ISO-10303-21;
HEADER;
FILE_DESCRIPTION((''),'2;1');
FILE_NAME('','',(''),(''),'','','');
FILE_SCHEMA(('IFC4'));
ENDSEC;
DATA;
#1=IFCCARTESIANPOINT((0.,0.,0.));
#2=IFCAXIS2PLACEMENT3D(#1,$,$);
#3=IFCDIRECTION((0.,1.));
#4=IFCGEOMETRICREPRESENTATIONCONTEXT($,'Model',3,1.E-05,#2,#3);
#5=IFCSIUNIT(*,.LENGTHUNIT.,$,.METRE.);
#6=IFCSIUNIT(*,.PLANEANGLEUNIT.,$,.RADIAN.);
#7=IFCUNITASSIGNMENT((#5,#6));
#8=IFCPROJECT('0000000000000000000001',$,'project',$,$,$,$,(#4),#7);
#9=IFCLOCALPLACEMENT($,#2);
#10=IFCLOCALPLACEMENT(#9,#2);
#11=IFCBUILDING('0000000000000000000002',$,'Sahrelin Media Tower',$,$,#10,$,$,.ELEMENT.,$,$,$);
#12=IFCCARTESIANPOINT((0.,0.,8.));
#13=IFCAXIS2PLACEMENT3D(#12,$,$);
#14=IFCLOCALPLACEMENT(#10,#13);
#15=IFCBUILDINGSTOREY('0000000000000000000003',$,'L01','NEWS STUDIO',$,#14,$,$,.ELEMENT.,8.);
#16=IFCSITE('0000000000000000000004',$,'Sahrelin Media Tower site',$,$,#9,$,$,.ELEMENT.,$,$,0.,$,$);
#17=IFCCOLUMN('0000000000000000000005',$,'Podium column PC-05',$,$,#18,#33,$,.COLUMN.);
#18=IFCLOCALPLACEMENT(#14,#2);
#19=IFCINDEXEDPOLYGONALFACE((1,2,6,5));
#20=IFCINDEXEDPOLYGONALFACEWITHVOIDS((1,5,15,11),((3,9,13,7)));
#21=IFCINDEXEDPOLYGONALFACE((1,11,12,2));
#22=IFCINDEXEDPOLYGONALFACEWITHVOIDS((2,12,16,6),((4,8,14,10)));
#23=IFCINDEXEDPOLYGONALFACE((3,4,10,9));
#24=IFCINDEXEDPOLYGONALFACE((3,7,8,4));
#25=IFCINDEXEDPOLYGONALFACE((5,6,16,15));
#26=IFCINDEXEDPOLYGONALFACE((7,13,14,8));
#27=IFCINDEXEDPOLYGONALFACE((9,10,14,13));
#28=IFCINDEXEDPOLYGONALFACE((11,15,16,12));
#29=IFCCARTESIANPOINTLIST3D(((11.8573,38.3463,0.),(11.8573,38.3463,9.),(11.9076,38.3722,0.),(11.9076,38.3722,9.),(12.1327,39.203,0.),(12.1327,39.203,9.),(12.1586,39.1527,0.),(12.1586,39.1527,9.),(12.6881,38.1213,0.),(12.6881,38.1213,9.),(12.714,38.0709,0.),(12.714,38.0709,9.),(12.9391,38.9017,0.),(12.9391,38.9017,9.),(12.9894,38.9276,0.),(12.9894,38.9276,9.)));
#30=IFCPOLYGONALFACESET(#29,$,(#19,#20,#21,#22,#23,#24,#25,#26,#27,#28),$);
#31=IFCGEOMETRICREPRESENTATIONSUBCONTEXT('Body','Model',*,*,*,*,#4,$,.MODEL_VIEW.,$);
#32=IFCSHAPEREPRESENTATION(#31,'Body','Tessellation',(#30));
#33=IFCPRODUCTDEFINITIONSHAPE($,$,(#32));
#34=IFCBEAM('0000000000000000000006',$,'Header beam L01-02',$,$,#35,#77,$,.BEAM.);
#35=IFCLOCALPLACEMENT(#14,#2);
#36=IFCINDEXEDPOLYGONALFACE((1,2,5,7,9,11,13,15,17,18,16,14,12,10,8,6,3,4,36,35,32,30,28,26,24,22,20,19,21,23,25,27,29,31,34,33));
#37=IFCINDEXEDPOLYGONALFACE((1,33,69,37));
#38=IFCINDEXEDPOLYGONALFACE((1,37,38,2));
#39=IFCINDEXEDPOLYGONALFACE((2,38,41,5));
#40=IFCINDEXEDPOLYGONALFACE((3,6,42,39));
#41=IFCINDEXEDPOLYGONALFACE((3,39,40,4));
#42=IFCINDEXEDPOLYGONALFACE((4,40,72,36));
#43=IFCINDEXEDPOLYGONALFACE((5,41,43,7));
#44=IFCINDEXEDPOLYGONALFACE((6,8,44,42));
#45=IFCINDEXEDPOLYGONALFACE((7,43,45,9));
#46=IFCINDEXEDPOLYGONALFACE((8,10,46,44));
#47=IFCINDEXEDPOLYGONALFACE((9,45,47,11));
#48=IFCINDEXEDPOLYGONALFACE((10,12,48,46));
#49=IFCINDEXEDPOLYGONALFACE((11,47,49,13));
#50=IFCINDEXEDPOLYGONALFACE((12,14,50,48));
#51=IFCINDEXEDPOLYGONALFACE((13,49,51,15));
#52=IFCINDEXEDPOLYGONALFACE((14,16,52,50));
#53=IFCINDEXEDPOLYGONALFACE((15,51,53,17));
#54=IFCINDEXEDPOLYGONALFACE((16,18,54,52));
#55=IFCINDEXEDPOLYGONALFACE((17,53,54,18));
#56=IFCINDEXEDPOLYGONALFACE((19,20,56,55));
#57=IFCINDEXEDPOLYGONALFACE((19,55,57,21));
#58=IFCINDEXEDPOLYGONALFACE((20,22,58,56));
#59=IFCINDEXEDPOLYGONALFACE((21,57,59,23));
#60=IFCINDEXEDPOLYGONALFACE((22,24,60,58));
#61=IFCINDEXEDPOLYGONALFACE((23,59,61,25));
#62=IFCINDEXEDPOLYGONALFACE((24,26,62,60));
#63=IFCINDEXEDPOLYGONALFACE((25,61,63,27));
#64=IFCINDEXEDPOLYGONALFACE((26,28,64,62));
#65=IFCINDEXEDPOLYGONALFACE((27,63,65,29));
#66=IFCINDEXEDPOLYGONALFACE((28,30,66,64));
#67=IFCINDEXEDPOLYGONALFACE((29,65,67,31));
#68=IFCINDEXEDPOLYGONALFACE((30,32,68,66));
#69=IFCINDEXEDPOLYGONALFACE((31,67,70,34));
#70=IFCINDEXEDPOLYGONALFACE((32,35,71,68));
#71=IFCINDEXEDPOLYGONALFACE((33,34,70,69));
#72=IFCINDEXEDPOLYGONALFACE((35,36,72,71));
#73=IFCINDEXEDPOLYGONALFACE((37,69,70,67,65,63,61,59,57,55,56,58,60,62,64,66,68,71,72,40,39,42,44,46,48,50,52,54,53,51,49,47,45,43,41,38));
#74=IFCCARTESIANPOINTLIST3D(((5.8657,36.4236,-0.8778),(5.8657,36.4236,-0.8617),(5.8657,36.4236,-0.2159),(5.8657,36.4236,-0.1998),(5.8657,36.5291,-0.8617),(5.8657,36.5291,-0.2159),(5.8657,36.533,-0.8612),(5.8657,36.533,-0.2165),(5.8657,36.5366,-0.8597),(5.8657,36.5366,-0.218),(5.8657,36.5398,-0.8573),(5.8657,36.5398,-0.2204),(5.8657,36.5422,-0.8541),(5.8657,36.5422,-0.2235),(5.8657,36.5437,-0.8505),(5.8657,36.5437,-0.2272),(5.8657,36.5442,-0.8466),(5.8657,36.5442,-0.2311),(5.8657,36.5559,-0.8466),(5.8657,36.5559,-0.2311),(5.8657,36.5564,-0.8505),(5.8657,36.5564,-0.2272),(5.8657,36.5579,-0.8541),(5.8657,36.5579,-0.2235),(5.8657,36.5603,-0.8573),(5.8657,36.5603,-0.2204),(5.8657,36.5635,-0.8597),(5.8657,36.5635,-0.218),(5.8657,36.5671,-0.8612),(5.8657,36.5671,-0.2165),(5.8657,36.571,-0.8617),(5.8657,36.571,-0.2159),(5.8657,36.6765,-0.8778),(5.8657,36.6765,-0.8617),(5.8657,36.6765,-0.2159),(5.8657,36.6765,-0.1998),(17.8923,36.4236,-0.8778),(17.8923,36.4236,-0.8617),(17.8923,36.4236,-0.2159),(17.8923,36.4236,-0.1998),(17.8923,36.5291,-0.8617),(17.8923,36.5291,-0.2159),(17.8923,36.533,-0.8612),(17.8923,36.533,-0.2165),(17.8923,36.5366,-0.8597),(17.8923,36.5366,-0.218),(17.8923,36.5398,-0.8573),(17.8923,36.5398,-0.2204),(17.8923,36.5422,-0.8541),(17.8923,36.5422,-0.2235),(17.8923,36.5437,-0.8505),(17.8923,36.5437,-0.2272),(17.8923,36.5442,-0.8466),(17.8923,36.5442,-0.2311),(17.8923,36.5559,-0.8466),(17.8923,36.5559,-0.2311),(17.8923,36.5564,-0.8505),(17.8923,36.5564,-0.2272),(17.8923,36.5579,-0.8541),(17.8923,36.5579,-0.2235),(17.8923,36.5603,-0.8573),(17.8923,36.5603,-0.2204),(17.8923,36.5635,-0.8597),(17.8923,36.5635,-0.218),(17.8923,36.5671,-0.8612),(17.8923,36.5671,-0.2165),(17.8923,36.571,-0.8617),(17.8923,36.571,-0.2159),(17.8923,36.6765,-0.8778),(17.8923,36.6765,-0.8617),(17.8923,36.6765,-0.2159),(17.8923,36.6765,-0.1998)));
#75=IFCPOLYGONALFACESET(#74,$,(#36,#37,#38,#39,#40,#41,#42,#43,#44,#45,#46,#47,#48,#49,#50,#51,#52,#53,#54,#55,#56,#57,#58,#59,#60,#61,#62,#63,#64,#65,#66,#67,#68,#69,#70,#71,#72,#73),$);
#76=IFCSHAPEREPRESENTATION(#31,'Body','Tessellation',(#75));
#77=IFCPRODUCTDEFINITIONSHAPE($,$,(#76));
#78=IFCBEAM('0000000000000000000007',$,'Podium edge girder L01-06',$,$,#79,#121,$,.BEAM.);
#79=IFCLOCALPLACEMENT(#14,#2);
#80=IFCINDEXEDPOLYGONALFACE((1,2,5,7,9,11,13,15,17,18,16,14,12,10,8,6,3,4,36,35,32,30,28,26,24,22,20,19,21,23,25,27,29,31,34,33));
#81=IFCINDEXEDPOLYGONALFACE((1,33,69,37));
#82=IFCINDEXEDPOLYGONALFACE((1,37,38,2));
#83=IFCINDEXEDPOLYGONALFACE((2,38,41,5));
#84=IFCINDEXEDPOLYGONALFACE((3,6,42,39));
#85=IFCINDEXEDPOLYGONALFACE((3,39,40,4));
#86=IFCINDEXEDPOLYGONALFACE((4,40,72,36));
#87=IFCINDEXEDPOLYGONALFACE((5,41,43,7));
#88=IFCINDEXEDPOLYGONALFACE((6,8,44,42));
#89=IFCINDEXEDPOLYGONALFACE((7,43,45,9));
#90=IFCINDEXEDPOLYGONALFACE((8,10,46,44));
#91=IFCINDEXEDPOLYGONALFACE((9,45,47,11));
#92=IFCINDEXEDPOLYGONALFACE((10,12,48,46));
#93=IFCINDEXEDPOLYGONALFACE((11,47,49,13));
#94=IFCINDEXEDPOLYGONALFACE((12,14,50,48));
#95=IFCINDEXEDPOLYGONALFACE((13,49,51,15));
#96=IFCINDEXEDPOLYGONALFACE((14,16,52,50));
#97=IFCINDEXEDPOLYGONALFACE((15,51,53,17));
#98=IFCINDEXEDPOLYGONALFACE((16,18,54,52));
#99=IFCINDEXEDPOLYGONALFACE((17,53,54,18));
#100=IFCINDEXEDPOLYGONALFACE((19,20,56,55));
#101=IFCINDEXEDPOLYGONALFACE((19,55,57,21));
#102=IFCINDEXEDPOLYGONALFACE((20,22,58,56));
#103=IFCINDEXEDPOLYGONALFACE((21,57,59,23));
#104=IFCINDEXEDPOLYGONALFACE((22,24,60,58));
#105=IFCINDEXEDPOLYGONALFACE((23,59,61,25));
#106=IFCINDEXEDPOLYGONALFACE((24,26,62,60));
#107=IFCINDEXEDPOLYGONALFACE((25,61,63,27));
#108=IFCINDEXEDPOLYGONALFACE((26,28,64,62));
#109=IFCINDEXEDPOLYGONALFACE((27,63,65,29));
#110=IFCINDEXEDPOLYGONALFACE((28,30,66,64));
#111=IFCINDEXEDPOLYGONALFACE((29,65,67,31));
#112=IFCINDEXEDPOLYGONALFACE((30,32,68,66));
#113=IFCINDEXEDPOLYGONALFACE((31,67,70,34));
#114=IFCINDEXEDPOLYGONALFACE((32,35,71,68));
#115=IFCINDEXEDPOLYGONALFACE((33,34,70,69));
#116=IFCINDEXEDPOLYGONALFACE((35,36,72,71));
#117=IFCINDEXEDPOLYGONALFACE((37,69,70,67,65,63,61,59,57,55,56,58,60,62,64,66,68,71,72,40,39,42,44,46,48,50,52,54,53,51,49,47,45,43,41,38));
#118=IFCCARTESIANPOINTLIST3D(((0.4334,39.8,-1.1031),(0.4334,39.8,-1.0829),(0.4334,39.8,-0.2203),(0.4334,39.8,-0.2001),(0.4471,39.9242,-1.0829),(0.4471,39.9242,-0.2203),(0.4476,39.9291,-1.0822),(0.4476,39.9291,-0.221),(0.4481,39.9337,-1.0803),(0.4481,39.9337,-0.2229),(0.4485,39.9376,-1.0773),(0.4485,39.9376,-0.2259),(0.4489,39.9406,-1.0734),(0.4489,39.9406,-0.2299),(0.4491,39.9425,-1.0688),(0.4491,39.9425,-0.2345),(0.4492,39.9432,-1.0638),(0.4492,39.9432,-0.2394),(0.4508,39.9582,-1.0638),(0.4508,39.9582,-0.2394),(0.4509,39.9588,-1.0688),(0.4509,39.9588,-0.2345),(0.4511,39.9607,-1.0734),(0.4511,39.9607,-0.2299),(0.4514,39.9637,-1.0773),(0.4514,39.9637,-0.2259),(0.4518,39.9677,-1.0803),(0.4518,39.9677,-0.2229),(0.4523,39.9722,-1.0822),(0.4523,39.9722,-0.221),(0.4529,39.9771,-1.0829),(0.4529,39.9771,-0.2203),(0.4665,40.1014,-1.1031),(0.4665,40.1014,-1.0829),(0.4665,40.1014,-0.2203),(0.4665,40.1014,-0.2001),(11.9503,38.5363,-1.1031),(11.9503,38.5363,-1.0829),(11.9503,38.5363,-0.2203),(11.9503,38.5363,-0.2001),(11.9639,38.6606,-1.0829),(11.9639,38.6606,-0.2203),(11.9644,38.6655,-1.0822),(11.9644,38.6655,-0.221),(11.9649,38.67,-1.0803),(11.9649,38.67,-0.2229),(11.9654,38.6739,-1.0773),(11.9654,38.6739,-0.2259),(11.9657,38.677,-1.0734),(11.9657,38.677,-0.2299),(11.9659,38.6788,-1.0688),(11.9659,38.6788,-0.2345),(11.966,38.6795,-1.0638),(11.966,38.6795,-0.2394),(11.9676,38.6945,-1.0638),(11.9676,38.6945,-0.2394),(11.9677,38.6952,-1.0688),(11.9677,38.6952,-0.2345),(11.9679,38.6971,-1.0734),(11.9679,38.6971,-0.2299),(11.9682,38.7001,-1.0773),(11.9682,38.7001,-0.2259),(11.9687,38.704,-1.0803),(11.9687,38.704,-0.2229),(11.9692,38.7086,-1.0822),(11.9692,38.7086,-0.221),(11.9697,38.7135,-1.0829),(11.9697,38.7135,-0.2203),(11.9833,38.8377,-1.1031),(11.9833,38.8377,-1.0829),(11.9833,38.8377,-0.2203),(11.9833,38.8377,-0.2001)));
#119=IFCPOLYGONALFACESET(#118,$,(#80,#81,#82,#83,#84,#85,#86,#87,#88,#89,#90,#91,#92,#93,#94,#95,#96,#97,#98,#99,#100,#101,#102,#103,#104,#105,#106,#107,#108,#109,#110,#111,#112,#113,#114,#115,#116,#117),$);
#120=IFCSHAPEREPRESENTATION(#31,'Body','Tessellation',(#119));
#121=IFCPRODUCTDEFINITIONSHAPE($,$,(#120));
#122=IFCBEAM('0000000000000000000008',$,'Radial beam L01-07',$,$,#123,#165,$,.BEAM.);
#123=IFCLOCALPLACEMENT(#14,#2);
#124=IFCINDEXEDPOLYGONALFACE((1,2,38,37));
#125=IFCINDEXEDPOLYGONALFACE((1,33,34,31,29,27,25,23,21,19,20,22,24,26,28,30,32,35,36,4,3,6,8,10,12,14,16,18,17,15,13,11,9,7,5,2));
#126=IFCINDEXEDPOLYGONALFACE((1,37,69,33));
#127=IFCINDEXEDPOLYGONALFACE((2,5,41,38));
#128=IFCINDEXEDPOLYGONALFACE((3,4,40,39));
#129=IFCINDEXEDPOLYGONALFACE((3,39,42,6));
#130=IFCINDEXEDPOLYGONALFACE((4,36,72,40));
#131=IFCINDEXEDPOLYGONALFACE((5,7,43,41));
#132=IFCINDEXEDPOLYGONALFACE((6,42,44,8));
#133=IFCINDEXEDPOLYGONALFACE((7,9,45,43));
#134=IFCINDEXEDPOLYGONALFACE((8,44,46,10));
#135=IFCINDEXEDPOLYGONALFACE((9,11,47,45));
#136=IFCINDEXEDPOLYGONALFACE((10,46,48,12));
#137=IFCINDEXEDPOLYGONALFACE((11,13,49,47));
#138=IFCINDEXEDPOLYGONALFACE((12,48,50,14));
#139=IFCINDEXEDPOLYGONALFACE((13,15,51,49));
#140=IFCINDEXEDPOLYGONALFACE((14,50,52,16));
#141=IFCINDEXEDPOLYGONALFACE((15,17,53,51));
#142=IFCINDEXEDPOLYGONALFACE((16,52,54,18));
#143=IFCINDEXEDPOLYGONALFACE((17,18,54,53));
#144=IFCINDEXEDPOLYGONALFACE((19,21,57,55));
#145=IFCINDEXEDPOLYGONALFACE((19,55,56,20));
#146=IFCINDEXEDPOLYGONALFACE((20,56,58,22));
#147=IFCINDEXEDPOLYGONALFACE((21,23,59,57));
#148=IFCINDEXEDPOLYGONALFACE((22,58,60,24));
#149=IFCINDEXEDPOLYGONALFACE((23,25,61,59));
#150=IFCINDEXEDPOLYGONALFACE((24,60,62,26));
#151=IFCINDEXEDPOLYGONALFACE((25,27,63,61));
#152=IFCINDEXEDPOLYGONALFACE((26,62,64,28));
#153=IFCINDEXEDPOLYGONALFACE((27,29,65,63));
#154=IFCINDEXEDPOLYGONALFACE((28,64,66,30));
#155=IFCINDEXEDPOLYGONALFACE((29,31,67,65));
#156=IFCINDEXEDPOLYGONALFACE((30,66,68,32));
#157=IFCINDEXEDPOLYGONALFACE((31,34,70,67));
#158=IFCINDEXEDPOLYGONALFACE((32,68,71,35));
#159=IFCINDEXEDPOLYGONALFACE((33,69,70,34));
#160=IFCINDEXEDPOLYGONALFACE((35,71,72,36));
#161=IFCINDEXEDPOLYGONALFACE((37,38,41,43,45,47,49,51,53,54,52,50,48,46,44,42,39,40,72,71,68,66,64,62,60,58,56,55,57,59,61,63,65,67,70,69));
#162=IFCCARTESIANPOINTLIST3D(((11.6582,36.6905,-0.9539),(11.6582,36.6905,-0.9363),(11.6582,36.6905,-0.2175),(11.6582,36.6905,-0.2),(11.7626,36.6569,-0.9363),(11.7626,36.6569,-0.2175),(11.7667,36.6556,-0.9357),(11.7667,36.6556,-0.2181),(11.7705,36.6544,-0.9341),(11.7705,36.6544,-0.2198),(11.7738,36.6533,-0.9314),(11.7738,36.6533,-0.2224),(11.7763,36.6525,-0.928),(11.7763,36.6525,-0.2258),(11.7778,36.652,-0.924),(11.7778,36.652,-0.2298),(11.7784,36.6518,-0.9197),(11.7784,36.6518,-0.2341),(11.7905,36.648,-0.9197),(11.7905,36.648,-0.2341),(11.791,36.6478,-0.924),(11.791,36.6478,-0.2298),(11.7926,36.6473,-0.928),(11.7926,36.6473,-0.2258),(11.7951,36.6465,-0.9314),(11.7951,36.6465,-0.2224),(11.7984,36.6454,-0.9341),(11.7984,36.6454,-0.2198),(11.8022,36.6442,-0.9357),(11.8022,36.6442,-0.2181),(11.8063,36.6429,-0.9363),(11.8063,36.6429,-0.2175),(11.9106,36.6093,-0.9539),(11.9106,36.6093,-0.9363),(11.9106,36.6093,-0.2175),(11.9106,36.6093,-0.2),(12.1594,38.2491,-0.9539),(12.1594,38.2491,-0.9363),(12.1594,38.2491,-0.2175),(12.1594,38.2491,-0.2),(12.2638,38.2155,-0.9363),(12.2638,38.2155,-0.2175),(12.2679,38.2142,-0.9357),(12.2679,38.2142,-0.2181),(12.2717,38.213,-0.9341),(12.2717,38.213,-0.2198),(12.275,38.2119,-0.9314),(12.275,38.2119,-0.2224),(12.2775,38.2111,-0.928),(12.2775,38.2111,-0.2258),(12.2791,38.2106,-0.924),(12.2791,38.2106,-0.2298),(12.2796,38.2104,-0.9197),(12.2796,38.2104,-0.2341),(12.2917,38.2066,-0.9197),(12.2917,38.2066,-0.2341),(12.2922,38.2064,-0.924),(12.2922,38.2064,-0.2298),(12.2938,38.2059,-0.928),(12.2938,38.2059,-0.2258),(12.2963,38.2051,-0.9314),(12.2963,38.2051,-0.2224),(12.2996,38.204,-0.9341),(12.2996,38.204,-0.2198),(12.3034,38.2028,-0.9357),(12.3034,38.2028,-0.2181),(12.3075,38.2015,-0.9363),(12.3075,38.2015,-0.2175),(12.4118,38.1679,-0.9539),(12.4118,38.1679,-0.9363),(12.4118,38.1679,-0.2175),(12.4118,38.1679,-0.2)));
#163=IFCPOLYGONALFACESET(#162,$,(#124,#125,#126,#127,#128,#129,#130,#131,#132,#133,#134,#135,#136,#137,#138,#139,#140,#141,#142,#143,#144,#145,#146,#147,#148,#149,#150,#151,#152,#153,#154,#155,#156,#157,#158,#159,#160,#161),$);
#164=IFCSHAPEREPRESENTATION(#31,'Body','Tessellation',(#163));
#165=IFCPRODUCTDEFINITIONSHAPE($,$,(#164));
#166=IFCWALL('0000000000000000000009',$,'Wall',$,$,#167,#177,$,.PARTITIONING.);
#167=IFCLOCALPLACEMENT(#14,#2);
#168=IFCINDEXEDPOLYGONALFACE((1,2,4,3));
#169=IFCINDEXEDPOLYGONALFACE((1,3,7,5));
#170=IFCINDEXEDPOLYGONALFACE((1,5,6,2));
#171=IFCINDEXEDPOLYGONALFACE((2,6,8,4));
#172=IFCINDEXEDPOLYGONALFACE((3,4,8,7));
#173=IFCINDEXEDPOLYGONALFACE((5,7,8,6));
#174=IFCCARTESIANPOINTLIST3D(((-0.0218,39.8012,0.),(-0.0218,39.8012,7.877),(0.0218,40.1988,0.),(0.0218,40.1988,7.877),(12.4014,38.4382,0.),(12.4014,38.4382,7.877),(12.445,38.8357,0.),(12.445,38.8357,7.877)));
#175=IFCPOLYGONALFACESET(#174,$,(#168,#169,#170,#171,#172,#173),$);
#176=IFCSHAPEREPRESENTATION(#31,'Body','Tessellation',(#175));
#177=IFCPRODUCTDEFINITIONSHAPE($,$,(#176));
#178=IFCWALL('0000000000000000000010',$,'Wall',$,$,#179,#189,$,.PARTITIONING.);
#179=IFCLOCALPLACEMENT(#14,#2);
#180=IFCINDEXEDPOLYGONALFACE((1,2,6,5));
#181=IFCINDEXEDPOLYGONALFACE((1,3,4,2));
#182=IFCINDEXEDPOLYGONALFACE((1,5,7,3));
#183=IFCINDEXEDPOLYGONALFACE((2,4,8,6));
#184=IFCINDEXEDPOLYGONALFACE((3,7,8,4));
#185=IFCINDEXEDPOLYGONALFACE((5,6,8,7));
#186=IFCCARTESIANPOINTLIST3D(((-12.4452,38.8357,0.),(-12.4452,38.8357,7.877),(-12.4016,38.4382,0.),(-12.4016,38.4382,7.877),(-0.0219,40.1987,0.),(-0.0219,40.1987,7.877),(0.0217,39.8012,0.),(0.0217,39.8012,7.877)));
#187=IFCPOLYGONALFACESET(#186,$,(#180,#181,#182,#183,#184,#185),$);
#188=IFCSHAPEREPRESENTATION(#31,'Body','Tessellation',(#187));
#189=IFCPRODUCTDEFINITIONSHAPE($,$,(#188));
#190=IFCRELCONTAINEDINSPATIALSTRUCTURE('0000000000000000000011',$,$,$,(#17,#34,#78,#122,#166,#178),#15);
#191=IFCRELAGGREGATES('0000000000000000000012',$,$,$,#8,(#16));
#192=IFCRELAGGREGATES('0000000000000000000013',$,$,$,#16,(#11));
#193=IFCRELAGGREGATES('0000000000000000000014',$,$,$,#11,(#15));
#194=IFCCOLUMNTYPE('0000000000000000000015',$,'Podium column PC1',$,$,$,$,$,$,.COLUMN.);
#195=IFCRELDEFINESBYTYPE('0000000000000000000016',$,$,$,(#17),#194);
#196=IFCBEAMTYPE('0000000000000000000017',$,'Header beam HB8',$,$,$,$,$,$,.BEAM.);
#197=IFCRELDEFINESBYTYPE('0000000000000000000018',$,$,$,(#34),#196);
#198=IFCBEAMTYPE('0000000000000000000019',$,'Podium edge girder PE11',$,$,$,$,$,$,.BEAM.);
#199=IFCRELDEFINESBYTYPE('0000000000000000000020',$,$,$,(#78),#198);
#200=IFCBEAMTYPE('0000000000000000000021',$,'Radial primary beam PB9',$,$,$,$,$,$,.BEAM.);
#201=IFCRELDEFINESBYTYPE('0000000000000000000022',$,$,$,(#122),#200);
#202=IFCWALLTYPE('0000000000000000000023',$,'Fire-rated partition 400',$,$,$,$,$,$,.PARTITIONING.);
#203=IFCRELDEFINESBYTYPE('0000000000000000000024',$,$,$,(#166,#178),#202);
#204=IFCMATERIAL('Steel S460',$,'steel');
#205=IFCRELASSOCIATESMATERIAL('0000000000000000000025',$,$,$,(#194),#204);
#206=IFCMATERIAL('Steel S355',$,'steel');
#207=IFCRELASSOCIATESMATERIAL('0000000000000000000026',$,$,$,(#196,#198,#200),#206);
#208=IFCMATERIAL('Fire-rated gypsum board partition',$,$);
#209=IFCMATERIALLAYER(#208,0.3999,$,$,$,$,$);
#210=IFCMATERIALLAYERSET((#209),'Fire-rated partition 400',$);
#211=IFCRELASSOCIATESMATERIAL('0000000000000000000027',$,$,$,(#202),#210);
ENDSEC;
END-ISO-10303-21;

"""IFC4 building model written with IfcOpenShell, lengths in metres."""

from ifc_helpers import new_model, si_unit, direction, frame, frame_2d, origin, origin_2d, place, context, subcontext, project, spatial, rectangle, hollow_rectangle, i_section, extrude, material, layer, layer_set, material_profile, profile_set, type_object, element, save


model = new_model("IFC4")

# Units and contexts
model_context = context("Model", 3, precision=1e-05, world=origin(), true_north=direction((0.0, 1.0)))
body_context = subcontext(model_context, "Body", "Model", "MODEL_VIEW")
ifc_project = project(units=[si_unit("LENGTHUNIT", "METRE"), si_unit("PLANEANGLEUNIT", "RADIAN")], contexts=[model_context])

# Site, building, storey
site_placement = place(None, origin())
site = spatial("IfcSite", under=ifc_project, at=site_placement, Name="Sahrelin Media Tower site", CompositionType="ELEMENT", RefElevation=0.0)
building_placement = place(site_placement, origin())
building = spatial("IfcBuilding", under=site, at=building_placement, Name="Sahrelin Media Tower", CompositionType="ELEMENT")
storey_placement = place(building_placement, frame((0.0, 0.0, 8.0)))
storey = spatial("IfcBuildingStorey", under=building, at=storey_placement, Name="L01", Description="NEWS STUDIO", CompositionType="ELEMENT", Elevation=8.0)

# Column
ifc_material_1 = material(Name="Steel S460", Category="steel")
ifc_material_profile_1 = material_profile(ifc_material_1, hollow_rectangle(XDim=0.8999, YDim=0.8999, WallThickness=0.04, at=origin_2d()), Name="Podium column PC1")
ifc_profile_set_1 = profile_set([ifc_material_profile_1], Name="Steel S460")
column_type = type_object("IfcColumnType", Name="Podium column PC1", PredefinedType="COLUMN", material=ifc_profile_set_1)
column_placement = place(storey_placement, frame((12.4233, 38.637, 0.0), z_axis=(0.0, 0.0, 1.0), x_axis=(0.306104, 0.951998, 0.0)))
element("IfcColumn", 1, at=column_placement, inside=storey, type_object=column_type, Name="Podium column PC-05", PredefinedType="COLUMN", context=body_context, shape_type="SweptSolid", body=[
    extrude(hollow_rectangle(XDim=0.8999, YDim=0.8999, WallThickness=0.04, at=origin_2d()), origin(), (0.0, 0.0, 1.0), 9.0),
])

# Beams
ifc_material_2 = material(Name="Steel S355", Category="steel")
ifc_material_profile_2 = material_profile(ifc_material_2, i_section(OverallWidth=0.2529, OverallDepth=0.678, WebThickness=0.0117, FlangeThickness=0.0161, FilletRadius=0.0151, at=origin_2d()), Name="UB 686x254x125")
ifc_profile_set_2 = profile_set([ifc_material_profile_2], Name="Steel S355")
beam_type_1 = type_object("IfcBeamType", Name="Header beam HB8", PredefinedType="BEAM", material=ifc_profile_set_2)
beam_1_placement = place(storey_placement, frame((5.8657, 36.55, -0.5388), z_axis=(1.0, 0.0, 0.0), x_axis=(0.0, 1.0, 0.0)))
element("IfcBeam", 2, at=beam_1_placement, inside=storey, type_object=beam_type_1, Name="Header beam L01-02", PredefinedType="BEAM", context=body_context, shape_type="SweptSolid", body=[
    extrude(i_section(OverallWidth=0.2529, OverallDepth=0.678, WebThickness=0.0117, FlangeThickness=0.0161, FilletRadius=0.0151, at=origin_2d()), origin(), (0.0, 0.0, 1.0), 12.0266),
])
ifc_material_profile_3 = material_profile(ifc_material_2, i_section(OverallWidth=0.3032, OverallDepth=0.9031, WebThickness=0.0151, FlangeThickness=0.0203, FilletRadius=0.019, at=origin_2d()), Name="UB 914x305x201")
ifc_profile_set_3 = profile_set([ifc_material_profile_3], Name="Steel S355")
beam_type_2 = type_object("IfcBeamType", Name="Podium edge girder PE11", PredefinedType="BEAM", material=ifc_profile_set_3)
beam_2_placement = place(storey_placement, frame((11.9668, 38.687, -0.6516), z_axis=(-0.994034, 0.109069, 0.0), x_axis=(-0.109069, -0.994034, 0.0)))
element("IfcBeam", 3, at=beam_2_placement, inside=storey, type_object=beam_type_2, Name="Podium edge girder L01-06", PredefinedType="BEAM", context=body_context, shape_type="SweptSolid", body=[
    extrude(i_section(OverallWidth=0.3032, OverallDepth=0.9031, WebThickness=0.0151, FlangeThickness=0.0203, FilletRadius=0.019, at=origin_2d()), origin(), (0.0, 0.0, 1.0), 11.5859),
])
ifc_material_profile_4 = material_profile(ifc_material_2, i_section(OverallWidth=0.2651, OverallDepth=0.7539, WebThickness=0.0127, FlangeThickness=0.0176, FilletRadius=0.0166, at=origin_2d()), Name="UB 762x267x147")
ifc_profile_set_4 = profile_set([ifc_material_profile_4], Name="Steel S355")
beam_type_3 = type_object("IfcBeamType", Name="Radial primary beam PB9", PredefinedType="BEAM", material=ifc_profile_set_4)
beam_3_placement = place(storey_placement, frame((11.7844, 36.6499, -0.5769), z_axis=(0.306144, 0.951985, 0.0), x_axis=(-0.951985, 0.306144, 0.0)))
element("IfcBeam", 4, at=beam_3_placement, inside=storey, type_object=beam_type_3, Name="Radial beam L01-07", PredefinedType="BEAM", context=body_context, shape_type="SweptSolid", body=[
    extrude(i_section(OverallWidth=0.2651, OverallDepth=0.7539, WebThickness=0.0127, FlangeThickness=0.0176, FilletRadius=0.0166, at=origin_2d()), origin(), (0.0, 0.0, 1.0), 1.6372),
])

# Walls
ifc_material_3 = material(Name="Fire-rated gypsum board partition")
ifc_layer_1 = layer(ifc_material_3, 0.3999)
ifc_layer_set_1 = layer_set([ifc_layer_1], Name="Fire-rated partition 400")
wall_type_1 = type_object("IfcWallType", Name="Fire-rated partition 400", PredefinedType="PARTITIONING", material=ifc_layer_set_1)
for number, where, z_axis, x_axis, name in (
    (5, (12.4233, 38.637, 0.0), (0.0, 0.0, 1.0), (-0.994035, 0.109061, 0.0), "Wall"),
    (6, (0.0, 40.0, 0.0), (0.0, 0.0, 1.0), (-0.994035, -0.109061, 0.0), "Wall"),
):
    element("IfcWall", number, at=place(storey_placement, frame(where, z_axis=z_axis, x_axis=x_axis)), inside=storey, type_object=wall_type_1, Name=name, PredefinedType="PARTITIONING", context=body_context, shape_type="SweptSolid", body=[
        extrude(rectangle(XDim=12.4978, YDim=0.3999, at=frame_2d((6.249, 0.0))), origin(), (0.0, 0.0, 1.0), 7.877),
    ])

save(model, "model.ifc")
